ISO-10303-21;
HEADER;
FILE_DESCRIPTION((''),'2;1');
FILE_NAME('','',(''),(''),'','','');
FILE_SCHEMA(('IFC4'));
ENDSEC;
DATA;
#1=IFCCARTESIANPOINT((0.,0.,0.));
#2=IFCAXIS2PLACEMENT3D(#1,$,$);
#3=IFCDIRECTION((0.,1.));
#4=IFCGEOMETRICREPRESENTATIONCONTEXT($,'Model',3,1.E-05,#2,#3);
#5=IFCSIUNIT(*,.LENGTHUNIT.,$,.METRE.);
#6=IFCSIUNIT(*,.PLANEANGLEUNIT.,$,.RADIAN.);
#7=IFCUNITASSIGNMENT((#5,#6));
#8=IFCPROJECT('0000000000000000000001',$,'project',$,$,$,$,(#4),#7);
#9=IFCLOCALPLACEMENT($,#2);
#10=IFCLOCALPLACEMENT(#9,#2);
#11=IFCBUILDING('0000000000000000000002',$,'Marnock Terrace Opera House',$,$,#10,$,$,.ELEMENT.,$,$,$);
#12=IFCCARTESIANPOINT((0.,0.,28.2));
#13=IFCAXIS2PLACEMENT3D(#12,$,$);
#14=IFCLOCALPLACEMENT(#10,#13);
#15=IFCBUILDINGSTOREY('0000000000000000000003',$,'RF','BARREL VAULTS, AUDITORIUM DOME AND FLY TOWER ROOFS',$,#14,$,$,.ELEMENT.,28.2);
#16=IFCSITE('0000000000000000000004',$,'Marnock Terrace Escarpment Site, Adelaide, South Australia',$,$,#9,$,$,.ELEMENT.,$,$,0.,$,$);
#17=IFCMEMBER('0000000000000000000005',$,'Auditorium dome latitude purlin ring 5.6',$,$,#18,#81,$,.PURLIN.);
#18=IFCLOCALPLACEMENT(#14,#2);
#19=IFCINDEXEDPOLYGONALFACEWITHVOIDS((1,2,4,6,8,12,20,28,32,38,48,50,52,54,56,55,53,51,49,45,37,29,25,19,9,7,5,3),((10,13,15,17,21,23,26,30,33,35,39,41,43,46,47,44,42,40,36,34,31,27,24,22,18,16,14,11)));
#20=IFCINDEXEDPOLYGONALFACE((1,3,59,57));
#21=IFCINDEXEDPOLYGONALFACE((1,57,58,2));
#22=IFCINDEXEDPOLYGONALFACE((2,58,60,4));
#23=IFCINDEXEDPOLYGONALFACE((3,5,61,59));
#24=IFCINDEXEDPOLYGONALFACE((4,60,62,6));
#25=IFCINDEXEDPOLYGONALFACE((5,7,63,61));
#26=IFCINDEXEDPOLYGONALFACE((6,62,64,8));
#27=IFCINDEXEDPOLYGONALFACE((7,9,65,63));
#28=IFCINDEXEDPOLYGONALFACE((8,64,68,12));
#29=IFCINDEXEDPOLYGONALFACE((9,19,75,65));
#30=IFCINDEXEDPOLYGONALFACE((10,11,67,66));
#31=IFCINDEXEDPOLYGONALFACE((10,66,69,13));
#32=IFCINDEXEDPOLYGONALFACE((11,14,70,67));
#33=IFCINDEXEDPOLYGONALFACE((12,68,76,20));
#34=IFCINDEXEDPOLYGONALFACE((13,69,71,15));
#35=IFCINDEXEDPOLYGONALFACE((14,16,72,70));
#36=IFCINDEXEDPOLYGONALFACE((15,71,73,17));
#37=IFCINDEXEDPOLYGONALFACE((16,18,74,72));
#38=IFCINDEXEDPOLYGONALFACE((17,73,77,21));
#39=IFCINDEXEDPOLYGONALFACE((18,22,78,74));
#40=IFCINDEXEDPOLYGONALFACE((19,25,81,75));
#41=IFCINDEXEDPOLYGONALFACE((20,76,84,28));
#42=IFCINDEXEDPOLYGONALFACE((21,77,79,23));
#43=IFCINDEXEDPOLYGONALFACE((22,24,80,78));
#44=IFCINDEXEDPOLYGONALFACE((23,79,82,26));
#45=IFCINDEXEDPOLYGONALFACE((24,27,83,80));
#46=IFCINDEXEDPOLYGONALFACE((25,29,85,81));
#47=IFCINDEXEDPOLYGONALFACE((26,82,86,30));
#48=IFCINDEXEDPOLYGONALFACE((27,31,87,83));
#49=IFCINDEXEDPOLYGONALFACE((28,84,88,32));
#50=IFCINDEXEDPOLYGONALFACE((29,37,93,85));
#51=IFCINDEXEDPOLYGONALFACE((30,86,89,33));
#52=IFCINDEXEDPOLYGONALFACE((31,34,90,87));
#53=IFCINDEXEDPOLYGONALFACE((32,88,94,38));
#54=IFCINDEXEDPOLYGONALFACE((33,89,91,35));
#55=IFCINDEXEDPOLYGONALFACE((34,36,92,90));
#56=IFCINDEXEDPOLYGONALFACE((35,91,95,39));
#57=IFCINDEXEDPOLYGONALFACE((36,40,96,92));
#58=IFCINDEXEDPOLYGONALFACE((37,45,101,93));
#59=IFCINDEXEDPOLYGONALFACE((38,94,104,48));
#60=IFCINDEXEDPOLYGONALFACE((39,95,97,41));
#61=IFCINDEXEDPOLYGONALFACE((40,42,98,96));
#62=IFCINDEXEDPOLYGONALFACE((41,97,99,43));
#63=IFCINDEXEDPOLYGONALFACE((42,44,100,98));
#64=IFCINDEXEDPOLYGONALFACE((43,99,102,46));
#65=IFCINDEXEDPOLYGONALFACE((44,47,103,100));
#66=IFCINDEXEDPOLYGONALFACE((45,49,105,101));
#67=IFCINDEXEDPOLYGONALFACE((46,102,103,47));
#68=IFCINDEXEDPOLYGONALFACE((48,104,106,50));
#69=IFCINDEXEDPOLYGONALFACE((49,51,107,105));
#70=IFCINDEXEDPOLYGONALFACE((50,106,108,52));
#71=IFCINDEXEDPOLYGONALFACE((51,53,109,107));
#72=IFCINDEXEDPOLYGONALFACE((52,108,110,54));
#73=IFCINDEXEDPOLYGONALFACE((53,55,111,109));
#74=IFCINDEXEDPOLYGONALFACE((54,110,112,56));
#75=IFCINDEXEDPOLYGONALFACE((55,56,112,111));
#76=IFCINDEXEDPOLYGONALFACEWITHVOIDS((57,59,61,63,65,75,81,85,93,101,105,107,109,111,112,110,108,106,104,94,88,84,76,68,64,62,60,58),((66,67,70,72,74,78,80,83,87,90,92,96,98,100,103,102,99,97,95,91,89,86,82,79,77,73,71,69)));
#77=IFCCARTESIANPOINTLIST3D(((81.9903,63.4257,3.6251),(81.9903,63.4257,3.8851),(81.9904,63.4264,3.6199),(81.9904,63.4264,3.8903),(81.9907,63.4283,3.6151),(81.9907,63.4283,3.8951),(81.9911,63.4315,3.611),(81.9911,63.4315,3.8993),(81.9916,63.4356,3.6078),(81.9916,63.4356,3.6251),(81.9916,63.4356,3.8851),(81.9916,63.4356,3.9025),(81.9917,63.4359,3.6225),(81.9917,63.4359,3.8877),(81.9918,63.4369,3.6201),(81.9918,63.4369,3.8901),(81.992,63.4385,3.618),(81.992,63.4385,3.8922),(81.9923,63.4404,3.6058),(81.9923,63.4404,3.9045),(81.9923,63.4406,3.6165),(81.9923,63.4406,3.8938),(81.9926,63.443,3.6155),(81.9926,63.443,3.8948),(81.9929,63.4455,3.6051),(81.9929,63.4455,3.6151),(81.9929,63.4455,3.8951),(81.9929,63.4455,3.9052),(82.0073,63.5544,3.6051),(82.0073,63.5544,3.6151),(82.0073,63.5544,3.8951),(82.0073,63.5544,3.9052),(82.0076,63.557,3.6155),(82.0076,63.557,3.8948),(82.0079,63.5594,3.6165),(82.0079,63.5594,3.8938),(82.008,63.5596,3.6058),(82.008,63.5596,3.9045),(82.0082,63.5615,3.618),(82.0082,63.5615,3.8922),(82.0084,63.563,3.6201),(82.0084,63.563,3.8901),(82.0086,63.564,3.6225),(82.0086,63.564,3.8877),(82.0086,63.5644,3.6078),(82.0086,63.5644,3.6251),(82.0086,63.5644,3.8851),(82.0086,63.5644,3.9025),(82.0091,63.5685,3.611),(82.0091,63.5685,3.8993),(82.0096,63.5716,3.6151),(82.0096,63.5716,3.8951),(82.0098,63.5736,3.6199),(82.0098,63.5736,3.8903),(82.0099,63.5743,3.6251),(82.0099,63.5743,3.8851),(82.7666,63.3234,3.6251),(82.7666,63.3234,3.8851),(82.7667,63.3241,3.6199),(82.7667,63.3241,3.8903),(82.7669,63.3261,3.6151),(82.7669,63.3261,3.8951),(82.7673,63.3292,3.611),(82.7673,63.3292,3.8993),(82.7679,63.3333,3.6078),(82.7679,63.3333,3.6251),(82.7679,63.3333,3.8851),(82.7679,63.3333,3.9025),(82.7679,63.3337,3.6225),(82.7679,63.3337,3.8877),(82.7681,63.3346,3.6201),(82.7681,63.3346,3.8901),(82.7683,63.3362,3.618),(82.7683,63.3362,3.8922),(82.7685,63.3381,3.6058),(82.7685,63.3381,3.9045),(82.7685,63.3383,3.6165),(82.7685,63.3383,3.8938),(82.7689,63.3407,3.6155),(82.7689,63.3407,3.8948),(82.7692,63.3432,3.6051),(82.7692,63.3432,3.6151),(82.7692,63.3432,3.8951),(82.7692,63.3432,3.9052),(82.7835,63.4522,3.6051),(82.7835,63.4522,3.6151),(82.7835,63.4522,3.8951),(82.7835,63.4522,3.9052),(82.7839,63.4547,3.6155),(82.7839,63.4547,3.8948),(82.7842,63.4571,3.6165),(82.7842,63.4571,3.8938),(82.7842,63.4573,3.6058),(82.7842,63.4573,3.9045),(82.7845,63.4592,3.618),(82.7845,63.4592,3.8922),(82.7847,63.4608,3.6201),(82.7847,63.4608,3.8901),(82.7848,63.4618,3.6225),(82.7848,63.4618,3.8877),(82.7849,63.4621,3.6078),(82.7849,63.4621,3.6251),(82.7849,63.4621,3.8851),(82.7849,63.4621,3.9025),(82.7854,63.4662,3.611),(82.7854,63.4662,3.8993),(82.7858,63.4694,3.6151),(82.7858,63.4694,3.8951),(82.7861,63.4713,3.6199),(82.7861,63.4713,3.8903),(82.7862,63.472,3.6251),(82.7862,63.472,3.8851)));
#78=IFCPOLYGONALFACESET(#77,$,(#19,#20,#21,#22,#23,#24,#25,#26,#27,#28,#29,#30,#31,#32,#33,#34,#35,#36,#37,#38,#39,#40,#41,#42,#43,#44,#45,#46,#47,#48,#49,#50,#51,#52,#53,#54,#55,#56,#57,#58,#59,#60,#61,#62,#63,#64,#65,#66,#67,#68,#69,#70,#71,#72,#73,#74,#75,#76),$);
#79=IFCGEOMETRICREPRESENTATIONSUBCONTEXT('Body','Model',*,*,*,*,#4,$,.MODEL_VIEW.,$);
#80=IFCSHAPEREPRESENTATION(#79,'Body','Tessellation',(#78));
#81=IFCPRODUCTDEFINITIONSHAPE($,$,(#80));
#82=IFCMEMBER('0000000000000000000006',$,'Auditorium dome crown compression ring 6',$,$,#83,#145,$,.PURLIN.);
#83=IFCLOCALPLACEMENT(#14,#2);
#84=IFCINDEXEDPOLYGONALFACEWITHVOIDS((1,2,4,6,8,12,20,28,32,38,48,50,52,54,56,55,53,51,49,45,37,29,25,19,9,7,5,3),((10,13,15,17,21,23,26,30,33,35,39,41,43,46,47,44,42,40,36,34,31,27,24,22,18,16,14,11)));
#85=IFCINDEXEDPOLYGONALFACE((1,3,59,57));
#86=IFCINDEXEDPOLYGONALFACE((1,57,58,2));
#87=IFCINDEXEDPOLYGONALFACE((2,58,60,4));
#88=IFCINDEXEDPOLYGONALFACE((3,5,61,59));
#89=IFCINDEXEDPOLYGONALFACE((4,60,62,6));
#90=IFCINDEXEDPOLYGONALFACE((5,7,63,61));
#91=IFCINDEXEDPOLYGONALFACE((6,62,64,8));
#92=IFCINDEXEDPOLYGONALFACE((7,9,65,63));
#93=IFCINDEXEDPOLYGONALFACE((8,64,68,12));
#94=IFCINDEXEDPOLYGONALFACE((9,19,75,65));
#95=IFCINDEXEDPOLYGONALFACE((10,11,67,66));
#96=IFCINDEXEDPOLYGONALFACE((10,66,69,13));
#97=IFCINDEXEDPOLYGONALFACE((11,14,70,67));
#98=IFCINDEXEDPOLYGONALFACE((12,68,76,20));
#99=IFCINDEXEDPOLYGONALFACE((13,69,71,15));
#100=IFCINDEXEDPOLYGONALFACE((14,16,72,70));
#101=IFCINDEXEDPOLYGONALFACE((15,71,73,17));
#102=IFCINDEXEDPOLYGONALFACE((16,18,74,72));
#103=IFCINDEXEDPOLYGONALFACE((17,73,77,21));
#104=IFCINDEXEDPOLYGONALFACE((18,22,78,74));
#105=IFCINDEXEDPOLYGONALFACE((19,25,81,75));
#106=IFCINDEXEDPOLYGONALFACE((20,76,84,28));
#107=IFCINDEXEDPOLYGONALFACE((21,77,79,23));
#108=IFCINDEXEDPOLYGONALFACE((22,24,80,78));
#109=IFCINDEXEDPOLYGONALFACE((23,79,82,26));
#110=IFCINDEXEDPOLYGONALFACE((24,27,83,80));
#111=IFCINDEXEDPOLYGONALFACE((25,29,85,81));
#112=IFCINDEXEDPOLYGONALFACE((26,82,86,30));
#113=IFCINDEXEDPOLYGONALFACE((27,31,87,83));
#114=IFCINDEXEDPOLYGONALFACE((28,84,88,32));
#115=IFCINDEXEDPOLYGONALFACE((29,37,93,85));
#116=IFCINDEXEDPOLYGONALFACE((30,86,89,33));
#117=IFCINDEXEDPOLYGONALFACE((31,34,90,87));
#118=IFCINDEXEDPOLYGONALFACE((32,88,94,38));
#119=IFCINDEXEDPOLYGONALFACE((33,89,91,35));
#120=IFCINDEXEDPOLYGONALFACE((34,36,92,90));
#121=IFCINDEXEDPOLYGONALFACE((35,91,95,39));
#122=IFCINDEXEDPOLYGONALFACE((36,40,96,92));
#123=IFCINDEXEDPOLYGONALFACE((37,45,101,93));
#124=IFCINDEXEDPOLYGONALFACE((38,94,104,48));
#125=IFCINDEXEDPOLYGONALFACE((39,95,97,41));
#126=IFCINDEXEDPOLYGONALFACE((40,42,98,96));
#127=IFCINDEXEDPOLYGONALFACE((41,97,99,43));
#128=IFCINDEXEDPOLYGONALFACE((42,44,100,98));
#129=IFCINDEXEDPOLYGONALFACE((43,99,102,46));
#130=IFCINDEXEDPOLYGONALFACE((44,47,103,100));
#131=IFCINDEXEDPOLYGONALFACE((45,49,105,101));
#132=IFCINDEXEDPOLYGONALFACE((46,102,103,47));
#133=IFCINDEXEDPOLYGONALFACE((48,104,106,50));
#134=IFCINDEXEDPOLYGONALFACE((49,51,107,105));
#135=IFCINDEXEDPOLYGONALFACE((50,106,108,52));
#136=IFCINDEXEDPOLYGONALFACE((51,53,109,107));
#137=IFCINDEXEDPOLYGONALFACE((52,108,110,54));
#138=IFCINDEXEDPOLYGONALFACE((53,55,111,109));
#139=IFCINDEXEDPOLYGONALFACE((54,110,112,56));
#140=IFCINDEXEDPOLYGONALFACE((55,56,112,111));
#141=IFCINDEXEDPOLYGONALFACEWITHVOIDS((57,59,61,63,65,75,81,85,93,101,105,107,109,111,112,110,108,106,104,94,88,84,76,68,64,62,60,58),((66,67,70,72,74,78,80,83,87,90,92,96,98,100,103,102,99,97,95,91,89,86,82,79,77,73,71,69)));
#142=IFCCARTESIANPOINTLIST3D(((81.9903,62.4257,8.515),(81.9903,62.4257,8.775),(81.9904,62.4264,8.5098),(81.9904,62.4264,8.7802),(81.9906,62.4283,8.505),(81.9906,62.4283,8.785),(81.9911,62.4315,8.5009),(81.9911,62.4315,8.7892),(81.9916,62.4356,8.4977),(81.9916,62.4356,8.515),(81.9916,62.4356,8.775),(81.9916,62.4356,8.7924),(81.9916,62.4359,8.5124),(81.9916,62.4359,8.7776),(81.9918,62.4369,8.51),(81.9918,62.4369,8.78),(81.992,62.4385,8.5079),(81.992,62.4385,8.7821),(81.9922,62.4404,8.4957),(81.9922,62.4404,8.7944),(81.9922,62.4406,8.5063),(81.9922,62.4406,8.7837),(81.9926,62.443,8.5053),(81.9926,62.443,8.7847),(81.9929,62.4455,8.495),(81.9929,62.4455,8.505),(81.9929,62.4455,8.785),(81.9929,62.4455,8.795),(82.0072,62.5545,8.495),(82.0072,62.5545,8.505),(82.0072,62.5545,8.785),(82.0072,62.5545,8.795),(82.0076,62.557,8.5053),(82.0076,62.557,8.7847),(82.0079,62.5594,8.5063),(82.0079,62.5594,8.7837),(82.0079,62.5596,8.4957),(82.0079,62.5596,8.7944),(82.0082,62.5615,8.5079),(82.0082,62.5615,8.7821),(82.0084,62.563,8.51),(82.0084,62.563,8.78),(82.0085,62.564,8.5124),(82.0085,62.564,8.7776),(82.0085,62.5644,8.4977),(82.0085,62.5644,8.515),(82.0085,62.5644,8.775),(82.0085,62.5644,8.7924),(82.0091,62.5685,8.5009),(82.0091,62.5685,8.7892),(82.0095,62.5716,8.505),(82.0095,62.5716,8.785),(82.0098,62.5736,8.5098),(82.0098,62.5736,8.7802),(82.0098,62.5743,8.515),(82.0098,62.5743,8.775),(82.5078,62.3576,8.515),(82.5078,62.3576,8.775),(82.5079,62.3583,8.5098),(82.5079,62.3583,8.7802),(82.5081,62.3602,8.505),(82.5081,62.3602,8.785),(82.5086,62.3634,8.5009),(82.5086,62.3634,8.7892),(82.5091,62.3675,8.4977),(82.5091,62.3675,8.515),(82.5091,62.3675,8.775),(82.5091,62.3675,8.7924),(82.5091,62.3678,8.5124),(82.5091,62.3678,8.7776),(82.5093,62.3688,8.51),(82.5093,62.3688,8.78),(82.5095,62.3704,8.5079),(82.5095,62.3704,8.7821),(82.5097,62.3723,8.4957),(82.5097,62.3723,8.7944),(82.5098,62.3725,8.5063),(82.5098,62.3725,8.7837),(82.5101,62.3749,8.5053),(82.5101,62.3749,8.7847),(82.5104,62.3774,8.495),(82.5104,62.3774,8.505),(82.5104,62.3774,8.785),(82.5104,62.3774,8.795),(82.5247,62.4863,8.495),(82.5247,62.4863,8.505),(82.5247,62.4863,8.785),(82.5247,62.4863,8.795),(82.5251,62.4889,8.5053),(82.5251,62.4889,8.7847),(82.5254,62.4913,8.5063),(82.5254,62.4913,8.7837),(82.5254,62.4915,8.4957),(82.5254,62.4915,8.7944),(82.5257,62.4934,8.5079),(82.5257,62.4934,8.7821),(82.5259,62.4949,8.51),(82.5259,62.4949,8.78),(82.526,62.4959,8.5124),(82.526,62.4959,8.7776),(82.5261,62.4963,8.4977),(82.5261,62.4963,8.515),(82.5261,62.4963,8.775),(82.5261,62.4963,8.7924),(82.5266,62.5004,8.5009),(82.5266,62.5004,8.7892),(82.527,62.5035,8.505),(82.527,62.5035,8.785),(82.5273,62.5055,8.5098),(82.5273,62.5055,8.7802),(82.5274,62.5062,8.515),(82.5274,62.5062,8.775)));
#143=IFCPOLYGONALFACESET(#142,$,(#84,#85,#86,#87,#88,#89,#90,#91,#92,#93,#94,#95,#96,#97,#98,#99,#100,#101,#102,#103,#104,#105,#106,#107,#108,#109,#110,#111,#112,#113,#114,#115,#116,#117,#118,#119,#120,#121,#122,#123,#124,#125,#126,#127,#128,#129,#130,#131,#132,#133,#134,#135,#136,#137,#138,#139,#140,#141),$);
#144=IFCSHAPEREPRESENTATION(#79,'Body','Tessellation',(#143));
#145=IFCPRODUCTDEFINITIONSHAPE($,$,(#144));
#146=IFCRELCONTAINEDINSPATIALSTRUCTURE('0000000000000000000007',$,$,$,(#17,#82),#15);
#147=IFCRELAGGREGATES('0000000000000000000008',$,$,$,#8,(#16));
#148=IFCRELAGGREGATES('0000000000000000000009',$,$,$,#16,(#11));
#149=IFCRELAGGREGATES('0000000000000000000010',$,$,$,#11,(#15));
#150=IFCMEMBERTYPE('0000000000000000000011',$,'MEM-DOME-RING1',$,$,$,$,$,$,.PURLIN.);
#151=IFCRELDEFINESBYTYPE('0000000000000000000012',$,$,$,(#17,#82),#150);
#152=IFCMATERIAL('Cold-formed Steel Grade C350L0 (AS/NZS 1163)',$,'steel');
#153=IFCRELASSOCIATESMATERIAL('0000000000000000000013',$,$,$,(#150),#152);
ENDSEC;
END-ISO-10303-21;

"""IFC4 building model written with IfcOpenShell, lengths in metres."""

from ifc_helpers import new_model, si_unit, direction, frame, origin, origin_2d, place, context, subcontext, project, spatial, hollow_rectangle, extrude, material, material_profile, profile_set, type_object, element, save


model = new_model("IFC4")

# Units and contexts
model_context = context("Model", 3, precision=1e-05, world=origin(), true_north=direction((0.0, 1.0)))
body_context = subcontext(model_context, "Body", "Model", "MODEL_VIEW")
ifc_project = project(units=[si_unit("LENGTHUNIT", "METRE"), si_unit("PLANEANGLEUNIT", "RADIAN")], contexts=[model_context])

# Site, building, storey
site_placement = place(None, origin())
site = spatial("IfcSite", under=ifc_project, at=site_placement, Name="Marnock Terrace Escarpment Site, Adelaide, South Australia", CompositionType="ELEMENT", RefElevation=0.0)
building_placement = place(site_placement, origin())
building = spatial("IfcBuilding", under=site, at=building_placement, Name="Marnock Terrace Opera House", CompositionType="ELEMENT")
storey_placement = place(building_placement, frame((0.0, 0.0, 28.2)))
storey = spatial("IfcBuildingStorey", under=building, at=storey_placement, Name="RF", Description="BARREL VAULTS, AUDITORIUM DOME AND FLY TOWER ROOFS", CompositionType="ELEMENT", Elevation=28.2)

# Members
ifc_material_1 = material(Name="Cold-formed Steel Grade C350L0 (AS/NZS 1163)", Category="steel")
ifc_material_profile_1 = material_profile(ifc_material_1, hollow_rectangle(XDim=0.1499, YDim=0.3, WallThickness=0.01, InnerFilletRadius=0.01, OuterFilletRadius=0.02, at=origin_2d()))
ifc_profile_set_1 = profile_set([ifc_material_profile_1], Name="Cold-formed Steel Grade C350L0 (AS/NZS 1163)")
member_type_1 = type_object("IfcMemberType", Name="MEM-DOME-RING1", PredefinedType="PURLIN", material=ifc_profile_set_1)
member_1_placement = place(storey_placement, frame((82.7764, 63.3977, 3.7551), z_axis=(-0.991431, 0.130632, 0.0), x_axis=(-0.130632, -0.991431, 0.0)))
element("IfcMember", 1, at=member_1_placement, inside=storey, type_object=member_type_1, Name="Auditorium dome latitude purlin ring 5.6", PredefinedType="PURLIN", context=body_context, shape_type="SweptSolid", body=[
    extrude(hollow_rectangle(XDim=0.1499, YDim=0.3, WallThickness=0.01, InnerFilletRadius=0.01, OuterFilletRadius=0.02, at=origin_2d()), origin(), (0.0, 0.0, 1.0), 0.783),
])
for number, where, z_axis, x_axis, name in (
    (2, (82.5176, 62.4319, 8.645), (-0.991451, 0.130479, 0.0), (-0.130479, -0.991451, 0.0), "Auditorium dome crown compression ring 6"),
):
    element("IfcMember", number, at=place(storey_placement, frame(where, z_axis=z_axis, x_axis=x_axis)), inside=storey, type_object=member_type_1, Name=name, PredefinedType="PURLIN", context=body_context, shape_type="SweptSolid", body=[
        extrude(hollow_rectangle(XDim=0.1499, YDim=0.3, WallThickness=0.01, InnerFilletRadius=0.01, OuterFilletRadius=0.02, at=origin_2d()), origin(), (0.0, 0.0, 1.0), 0.522),
    ])

save(model, "model.ifc")
